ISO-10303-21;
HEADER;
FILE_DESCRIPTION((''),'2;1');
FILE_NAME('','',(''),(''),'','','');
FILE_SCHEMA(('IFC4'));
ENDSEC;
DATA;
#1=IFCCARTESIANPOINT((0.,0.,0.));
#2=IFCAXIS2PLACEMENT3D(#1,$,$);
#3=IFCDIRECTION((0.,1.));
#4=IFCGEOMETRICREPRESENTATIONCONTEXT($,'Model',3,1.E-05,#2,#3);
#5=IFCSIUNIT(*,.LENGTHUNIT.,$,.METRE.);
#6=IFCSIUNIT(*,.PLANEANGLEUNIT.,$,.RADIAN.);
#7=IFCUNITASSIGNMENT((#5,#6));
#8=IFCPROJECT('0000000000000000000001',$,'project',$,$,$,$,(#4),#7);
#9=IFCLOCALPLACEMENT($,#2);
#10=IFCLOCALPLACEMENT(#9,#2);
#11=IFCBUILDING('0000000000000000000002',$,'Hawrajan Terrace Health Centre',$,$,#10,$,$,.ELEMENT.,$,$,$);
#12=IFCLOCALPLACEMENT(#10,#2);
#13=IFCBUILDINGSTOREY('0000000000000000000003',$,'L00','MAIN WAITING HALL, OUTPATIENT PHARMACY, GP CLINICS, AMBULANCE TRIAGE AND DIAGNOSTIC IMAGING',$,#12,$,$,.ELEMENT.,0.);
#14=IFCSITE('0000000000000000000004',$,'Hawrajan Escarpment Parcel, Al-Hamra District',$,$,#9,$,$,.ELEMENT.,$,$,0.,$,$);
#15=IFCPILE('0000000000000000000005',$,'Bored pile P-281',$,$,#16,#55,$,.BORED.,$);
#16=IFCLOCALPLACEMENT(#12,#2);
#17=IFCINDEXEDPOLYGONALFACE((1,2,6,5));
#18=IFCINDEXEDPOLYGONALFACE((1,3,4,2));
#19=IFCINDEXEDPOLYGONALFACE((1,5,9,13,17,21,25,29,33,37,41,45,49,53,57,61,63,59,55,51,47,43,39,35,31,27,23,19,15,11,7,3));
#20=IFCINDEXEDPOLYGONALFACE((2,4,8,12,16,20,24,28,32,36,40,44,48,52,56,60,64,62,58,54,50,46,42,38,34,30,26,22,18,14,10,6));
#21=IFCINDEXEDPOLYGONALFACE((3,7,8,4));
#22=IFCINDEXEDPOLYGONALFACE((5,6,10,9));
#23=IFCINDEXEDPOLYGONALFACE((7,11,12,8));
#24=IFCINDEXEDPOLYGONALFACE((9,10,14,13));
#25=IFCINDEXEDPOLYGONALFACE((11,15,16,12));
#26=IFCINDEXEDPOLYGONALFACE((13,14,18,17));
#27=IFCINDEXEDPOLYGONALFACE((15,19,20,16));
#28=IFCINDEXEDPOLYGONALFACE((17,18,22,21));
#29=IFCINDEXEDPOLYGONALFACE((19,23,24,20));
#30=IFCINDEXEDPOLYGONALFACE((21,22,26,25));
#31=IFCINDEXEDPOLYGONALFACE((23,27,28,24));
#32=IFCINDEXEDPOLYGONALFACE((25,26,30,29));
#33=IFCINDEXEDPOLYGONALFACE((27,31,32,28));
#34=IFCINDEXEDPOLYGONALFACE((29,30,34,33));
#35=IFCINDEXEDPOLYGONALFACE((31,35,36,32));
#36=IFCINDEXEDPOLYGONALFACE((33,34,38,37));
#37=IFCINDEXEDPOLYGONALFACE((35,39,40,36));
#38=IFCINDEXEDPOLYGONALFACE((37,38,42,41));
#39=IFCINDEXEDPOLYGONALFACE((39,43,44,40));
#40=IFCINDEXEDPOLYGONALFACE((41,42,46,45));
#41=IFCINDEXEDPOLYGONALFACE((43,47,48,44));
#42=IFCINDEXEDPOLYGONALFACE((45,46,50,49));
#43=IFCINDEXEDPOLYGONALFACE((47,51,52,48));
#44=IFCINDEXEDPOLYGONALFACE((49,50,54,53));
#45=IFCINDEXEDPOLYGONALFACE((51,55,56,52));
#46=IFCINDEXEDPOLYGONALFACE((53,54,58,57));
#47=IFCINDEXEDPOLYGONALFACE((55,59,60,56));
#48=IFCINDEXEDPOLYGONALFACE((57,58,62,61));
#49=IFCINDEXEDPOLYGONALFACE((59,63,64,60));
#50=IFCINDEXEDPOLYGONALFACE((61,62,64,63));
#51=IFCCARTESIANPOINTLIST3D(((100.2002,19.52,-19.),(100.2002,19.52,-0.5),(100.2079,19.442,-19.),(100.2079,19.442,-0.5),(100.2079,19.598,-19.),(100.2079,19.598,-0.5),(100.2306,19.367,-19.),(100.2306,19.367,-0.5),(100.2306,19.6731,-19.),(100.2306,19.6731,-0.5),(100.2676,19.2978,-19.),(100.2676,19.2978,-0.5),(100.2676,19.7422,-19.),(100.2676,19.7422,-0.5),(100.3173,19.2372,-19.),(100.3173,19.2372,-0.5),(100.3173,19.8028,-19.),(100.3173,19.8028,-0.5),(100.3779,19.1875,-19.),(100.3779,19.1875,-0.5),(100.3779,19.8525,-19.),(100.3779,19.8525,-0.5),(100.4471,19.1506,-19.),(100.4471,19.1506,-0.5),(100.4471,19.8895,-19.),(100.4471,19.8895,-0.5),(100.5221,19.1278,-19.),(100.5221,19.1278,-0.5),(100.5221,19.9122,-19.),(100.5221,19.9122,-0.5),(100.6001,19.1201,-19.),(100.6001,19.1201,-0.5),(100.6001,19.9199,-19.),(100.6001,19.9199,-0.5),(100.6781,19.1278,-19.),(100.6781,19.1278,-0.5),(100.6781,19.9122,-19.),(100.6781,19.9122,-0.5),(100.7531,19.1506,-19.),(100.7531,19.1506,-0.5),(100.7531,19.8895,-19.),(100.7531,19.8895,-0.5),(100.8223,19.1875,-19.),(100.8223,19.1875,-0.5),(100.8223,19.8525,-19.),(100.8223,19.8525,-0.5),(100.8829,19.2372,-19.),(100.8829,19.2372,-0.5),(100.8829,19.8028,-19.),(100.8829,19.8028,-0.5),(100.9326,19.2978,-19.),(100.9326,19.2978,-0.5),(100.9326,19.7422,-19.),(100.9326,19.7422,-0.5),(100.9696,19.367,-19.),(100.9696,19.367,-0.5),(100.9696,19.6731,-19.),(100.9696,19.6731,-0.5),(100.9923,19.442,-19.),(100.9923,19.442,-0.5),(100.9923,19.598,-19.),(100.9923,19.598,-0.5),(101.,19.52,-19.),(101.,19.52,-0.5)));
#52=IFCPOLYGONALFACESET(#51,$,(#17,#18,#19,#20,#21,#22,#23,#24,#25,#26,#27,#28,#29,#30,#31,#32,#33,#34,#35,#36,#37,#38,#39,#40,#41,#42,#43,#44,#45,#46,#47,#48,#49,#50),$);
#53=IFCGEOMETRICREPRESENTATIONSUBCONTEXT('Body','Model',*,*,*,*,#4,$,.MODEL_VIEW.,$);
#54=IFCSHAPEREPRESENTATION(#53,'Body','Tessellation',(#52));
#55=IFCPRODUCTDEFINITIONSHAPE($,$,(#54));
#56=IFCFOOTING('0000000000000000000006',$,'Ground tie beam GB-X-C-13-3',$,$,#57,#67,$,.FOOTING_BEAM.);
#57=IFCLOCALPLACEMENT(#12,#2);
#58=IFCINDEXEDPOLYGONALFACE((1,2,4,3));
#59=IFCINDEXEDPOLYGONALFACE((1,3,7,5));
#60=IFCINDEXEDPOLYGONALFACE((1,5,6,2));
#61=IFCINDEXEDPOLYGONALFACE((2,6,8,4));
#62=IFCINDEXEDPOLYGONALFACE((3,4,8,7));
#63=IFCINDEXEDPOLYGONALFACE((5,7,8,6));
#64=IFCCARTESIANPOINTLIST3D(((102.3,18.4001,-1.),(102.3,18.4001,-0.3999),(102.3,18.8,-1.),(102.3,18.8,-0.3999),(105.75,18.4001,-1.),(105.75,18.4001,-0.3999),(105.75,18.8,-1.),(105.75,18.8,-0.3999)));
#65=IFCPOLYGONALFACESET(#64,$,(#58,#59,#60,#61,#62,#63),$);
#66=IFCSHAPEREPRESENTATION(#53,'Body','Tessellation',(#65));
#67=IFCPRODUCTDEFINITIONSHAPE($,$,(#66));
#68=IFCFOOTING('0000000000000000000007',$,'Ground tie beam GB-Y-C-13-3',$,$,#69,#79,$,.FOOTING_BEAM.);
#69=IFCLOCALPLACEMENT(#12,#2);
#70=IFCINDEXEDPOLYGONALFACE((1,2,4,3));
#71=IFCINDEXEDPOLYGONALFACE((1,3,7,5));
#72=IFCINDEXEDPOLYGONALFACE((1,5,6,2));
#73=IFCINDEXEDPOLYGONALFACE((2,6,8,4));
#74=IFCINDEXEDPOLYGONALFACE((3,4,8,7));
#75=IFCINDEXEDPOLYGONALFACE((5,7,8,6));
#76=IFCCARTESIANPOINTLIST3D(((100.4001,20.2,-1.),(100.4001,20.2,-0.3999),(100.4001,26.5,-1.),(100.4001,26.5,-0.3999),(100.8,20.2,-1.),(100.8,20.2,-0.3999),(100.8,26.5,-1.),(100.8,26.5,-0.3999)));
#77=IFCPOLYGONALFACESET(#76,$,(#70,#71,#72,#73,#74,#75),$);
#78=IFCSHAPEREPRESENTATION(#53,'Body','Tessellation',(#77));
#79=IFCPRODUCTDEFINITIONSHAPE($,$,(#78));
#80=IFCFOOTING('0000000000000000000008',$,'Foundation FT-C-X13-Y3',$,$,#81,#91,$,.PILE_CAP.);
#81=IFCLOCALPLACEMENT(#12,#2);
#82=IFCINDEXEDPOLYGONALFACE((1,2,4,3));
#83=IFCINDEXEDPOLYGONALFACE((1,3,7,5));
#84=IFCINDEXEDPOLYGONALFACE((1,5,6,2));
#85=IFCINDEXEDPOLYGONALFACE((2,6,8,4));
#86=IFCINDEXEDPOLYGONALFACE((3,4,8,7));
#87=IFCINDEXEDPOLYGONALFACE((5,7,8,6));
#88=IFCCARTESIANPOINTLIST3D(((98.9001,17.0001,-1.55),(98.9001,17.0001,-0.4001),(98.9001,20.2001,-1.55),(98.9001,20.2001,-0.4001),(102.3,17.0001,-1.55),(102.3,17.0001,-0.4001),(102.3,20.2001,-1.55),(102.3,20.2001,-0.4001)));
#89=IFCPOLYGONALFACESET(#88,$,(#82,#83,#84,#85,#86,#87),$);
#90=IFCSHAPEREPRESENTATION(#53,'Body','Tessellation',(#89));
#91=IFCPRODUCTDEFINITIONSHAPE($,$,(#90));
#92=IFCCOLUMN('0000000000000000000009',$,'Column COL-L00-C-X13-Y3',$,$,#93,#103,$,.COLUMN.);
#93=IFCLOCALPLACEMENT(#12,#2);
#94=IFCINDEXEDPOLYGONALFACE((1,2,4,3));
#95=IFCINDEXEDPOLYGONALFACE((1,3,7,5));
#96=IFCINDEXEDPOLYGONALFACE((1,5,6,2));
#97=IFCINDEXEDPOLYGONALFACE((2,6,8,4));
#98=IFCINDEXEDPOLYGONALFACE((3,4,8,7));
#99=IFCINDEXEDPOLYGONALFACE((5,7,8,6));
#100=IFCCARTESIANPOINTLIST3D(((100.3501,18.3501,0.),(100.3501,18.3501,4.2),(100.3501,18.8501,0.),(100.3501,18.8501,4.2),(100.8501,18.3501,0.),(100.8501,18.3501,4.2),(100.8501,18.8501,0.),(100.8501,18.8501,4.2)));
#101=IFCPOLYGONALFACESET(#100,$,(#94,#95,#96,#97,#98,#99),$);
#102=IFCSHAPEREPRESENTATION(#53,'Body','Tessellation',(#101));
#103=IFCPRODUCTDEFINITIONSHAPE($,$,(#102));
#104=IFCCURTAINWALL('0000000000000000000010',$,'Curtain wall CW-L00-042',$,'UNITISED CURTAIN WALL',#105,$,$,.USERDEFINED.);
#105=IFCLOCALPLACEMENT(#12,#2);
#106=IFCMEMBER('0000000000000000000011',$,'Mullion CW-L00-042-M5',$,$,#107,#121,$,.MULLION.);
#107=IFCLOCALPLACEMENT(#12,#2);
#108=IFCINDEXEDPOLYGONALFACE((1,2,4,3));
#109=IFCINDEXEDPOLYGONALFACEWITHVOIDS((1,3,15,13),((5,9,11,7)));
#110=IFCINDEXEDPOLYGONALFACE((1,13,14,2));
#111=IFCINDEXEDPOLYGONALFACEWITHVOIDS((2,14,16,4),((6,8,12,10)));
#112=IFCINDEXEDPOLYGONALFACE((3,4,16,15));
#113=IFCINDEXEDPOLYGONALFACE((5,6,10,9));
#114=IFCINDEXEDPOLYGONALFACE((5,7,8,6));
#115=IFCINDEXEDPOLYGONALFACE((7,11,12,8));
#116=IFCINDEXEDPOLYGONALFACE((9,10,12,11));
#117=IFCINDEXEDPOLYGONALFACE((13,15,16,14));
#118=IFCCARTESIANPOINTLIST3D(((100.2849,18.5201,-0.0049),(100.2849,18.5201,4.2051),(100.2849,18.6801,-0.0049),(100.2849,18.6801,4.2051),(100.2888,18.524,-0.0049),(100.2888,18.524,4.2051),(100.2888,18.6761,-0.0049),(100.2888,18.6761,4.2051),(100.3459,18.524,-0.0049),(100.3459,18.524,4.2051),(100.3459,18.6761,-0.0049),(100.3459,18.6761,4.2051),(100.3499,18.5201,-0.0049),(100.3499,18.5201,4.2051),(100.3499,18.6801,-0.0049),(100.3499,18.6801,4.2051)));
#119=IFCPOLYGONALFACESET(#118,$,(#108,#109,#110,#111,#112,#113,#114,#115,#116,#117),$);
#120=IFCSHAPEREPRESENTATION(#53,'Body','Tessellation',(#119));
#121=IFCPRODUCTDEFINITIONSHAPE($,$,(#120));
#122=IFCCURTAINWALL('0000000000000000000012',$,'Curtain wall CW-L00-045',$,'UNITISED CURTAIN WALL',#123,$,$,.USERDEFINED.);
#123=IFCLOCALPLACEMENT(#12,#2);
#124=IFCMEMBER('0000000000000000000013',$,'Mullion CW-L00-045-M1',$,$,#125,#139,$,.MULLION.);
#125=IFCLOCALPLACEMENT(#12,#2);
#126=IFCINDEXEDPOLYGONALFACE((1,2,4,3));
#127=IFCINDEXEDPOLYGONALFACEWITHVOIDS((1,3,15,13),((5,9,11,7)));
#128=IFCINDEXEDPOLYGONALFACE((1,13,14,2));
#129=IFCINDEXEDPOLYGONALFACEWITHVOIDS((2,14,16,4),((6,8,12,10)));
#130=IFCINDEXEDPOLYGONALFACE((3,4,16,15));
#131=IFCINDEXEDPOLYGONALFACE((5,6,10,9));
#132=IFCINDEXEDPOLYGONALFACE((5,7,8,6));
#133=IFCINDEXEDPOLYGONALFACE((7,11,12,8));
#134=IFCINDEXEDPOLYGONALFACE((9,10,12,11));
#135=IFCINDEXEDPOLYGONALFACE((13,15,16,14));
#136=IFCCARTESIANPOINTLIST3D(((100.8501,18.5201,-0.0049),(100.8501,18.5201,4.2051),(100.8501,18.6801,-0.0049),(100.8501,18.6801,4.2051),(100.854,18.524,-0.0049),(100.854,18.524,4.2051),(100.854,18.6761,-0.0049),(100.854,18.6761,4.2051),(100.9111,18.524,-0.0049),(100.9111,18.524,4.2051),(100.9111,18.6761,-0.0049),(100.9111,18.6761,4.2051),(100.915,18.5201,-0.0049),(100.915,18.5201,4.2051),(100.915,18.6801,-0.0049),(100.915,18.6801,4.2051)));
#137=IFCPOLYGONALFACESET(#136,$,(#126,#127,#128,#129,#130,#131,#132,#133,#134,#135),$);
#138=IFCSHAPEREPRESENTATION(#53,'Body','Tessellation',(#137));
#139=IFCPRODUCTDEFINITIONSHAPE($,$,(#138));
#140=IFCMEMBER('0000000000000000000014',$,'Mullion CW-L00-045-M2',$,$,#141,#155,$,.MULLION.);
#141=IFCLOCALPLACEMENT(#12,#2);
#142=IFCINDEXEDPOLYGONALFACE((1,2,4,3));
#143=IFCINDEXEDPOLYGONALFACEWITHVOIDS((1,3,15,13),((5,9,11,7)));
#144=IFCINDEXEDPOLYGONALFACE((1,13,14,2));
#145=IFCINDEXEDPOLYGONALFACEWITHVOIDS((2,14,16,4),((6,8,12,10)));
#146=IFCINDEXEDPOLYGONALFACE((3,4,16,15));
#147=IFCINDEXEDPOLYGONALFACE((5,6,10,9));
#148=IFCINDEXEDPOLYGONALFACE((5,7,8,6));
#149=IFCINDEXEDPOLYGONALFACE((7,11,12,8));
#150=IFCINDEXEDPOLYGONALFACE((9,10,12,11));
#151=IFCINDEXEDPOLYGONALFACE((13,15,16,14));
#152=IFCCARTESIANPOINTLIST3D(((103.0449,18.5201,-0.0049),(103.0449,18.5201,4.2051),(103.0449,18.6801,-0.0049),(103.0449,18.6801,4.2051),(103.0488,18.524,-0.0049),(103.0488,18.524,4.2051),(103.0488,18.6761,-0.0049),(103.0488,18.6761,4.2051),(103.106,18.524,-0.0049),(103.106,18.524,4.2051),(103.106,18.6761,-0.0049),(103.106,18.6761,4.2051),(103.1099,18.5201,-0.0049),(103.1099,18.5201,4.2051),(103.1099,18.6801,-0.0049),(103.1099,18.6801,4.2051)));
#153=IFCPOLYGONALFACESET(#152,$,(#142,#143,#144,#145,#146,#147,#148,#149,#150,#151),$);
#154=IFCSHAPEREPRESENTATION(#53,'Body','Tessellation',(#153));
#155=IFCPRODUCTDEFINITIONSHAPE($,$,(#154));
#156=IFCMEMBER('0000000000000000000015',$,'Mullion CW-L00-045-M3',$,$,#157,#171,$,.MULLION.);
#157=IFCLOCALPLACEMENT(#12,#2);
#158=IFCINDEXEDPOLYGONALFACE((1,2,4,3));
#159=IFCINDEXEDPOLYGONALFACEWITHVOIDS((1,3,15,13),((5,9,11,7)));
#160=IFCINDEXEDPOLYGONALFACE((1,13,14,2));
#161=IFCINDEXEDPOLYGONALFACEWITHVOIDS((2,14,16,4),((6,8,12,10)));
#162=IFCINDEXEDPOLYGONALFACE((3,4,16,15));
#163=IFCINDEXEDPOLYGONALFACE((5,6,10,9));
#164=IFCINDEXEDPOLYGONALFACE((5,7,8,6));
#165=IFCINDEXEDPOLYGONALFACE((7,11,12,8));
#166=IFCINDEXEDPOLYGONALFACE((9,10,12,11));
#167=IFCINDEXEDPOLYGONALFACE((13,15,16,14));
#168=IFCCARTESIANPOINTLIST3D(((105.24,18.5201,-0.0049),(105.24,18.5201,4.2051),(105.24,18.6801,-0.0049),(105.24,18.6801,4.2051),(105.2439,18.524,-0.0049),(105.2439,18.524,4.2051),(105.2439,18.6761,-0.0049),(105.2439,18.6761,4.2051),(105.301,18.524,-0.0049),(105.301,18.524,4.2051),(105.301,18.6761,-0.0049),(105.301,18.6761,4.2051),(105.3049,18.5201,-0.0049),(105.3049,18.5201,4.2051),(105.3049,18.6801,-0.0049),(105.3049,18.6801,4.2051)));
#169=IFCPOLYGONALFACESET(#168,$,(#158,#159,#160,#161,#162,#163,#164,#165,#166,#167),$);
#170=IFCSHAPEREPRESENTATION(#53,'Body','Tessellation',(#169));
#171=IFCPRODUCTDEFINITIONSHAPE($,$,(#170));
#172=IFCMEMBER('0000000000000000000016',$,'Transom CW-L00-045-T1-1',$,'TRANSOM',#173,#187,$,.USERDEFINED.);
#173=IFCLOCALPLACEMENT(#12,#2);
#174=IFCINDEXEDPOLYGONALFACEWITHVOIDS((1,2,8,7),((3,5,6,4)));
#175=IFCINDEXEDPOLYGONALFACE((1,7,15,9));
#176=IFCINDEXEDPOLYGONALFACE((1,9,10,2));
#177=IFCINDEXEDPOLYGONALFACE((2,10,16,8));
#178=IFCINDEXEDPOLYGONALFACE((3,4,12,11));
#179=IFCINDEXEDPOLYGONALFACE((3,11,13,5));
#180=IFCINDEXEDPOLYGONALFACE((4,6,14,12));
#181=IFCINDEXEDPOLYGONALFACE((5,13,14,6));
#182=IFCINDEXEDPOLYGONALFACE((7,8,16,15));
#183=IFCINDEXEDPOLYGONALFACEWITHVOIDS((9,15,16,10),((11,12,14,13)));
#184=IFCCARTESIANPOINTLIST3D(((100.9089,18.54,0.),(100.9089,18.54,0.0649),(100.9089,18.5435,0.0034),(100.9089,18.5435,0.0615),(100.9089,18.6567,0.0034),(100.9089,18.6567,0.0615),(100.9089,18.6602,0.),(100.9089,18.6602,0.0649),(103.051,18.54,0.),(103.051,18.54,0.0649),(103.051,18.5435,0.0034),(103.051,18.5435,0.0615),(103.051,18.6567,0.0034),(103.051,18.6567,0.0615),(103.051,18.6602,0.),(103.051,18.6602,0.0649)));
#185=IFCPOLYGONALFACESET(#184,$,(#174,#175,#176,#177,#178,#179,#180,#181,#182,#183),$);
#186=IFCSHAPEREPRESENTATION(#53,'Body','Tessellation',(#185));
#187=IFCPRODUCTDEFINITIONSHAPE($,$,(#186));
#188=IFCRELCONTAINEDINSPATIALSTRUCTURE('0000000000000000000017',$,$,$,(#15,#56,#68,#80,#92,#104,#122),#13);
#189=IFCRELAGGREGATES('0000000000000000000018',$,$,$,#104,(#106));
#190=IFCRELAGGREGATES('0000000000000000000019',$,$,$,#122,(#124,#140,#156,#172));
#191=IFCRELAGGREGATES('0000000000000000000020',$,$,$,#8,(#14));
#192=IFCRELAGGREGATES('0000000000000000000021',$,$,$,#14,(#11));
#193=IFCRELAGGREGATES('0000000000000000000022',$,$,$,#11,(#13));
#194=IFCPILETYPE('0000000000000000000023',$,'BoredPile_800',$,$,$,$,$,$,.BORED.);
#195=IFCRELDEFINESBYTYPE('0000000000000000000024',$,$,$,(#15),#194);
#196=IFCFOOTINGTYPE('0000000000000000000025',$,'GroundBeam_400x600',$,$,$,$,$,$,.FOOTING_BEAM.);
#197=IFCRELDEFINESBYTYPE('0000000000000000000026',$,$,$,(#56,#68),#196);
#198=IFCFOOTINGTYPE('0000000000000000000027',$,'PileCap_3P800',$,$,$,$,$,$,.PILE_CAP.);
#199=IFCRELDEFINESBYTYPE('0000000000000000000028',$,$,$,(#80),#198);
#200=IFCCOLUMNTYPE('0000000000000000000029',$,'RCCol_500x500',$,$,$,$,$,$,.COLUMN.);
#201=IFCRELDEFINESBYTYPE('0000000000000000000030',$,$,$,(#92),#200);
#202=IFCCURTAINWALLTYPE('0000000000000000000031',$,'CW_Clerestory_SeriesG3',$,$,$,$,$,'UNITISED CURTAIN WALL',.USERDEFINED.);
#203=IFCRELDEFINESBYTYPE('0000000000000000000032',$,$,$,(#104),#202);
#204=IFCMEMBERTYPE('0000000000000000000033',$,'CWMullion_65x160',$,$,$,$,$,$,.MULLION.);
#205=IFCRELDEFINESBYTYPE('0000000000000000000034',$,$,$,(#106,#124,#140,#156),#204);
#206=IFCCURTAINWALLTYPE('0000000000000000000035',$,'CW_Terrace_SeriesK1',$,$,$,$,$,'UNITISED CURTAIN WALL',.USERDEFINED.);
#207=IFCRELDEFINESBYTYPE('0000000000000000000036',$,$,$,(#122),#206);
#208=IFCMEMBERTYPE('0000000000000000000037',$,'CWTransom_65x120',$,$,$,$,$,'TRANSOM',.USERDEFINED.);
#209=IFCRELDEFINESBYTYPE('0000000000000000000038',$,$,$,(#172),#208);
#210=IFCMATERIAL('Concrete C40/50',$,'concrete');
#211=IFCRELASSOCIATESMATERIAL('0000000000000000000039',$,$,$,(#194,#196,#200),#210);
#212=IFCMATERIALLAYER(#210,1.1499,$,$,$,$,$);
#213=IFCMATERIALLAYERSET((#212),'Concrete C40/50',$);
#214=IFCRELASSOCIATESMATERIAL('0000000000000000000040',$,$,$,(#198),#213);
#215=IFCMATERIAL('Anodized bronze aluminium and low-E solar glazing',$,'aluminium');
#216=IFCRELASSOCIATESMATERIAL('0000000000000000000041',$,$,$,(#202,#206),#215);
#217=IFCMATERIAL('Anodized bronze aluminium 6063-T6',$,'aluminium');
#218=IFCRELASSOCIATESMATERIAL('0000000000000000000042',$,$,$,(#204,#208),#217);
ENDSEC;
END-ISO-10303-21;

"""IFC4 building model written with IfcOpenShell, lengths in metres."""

from ifc_helpers import new_model, si_unit, direction, frame, origin, origin_2d, place, context, subcontext, project, spatial, rectangle, hollow_rectangle, circle, extrude, material, layer, layer_set, material_profile, profile_set, type_object, element, aggregate, save


model = new_model("IFC4")

# Units and contexts
model_context = context("Model", 3, precision=1e-05, world=origin(), true_north=direction((0.0, 1.0)))
body_context = subcontext(model_context, "Body", "Model", "MODEL_VIEW")
ifc_project = project(units=[si_unit("LENGTHUNIT", "METRE"), si_unit("PLANEANGLEUNIT", "RADIAN")], contexts=[model_context])

# Site, building, storey
site_placement = place(None, origin())
site = spatial("IfcSite", under=ifc_project, at=site_placement, Name="Hawrajan Escarpment Parcel, Al-Hamra District", CompositionType="ELEMENT", RefElevation=0.0)
building_placement = place(site_placement, origin())
building = spatial("IfcBuilding", under=site, at=building_placement, Name="Hawrajan Terrace Health Centre", CompositionType="ELEMENT")
storey_placement = place(building_placement, origin())
storey = spatial("IfcBuildingStorey", under=building, at=storey_placement, Name="L00", Description="MAIN WAITING HALL, OUTPATIENT PHARMACY, GP CLINICS, AMBULANCE TRIAGE AND DIAGNOSTIC IMAGING", CompositionType="ELEMENT", Elevation=0.0)

# Pile
ifc_material_1 = material(Name="Concrete C40/50", Category="concrete")
ifc_material_profile_1 = material_profile(ifc_material_1, circle(Radius=0.3999, at=origin_2d()), Name="BP 800")
ifc_profile_set_1 = profile_set([ifc_material_profile_1], Name="Concrete C40/50")
pile_type = type_object("IfcPileType", Name="BoredPile_800", PredefinedType="BORED", material=ifc_profile_set_1)
pile_placement = place(storey_placement, frame((100.6001, 19.52, -0.5), z_axis=(0.0, 0.0, -1.0), x_axis=(1.0, 0.0, 0.0)))
element("IfcPile", 1, at=pile_placement, inside=storey, type_object=pile_type, Name="Bored pile P-281", PredefinedType="BORED", context=body_context, shape_type="SweptSolid", body=[
    extrude(circle(Radius=0.3999, at=origin_2d()), origin(), (0.0, 0.0, 1.0), 18.5),
])

# Footings
ifc_material_profile_2 = material_profile(ifc_material_1, rectangle(XDim=0.3999, YDim=0.6001, at=origin_2d()), Name="RC BM 400x600")
ifc_profile_set_2 = profile_set([ifc_material_profile_2], Name="Concrete C40/50")
footing_type_1 = type_object("IfcFootingType", Name="GroundBeam_400x600", PredefinedType="FOOTING_BEAM", material=ifc_profile_set_2)
footing_1_placement = place(storey_placement, frame((102.3, 18.6001, -0.7), z_axis=(1.0, 0.0, 0.0), x_axis=(0.0, 1.0, 0.0)))
element("IfcFooting", 2, at=footing_1_placement, inside=storey, type_object=footing_type_1, Name="Ground tie beam GB-X-C-13-3", PredefinedType="FOOTING_BEAM", context=body_context, shape_type="SweptSolid", body=[
    extrude(rectangle(XDim=0.3999, YDim=0.6001, at=origin_2d()), origin(), (0.0, 0.0, 1.0), 3.45),
])
footing_2_placement = place(storey_placement, frame((100.6001, 20.2, -0.7), z_axis=(0.0, 1.0, 0.0), x_axis=(-1.0, 0.0, 0.0)))
element("IfcFooting", 3, at=footing_2_placement, inside=storey, type_object=footing_type_1, Name="Ground tie beam GB-Y-C-13-3", PredefinedType="FOOTING_BEAM", context=body_context, shape_type="SweptSolid", body=[
    extrude(rectangle(XDim=0.3999, YDim=0.6001, at=origin_2d()), origin(), (0.0, 0.0, 1.0), 6.3),
])
ifc_layer_1 = layer(ifc_material_1, 1.1499)
ifc_layer_set_1 = layer_set([ifc_layer_1], Name="Concrete C40/50")
footing_type_2 = type_object("IfcFootingType", Name="PileCap_3P800", PredefinedType="PILE_CAP", material=ifc_layer_set_1)
footing_3_placement = place(storey_placement, frame((100.6001, 18.6001, -1.55), z_axis=(0.0, 0.0, 1.0), x_axis=(1.0, 0.0, 0.0)))
element("IfcFooting", 4, at=footing_3_placement, inside=storey, type_object=footing_type_2, Name="Foundation FT-C-X13-Y3", PredefinedType="PILE_CAP", context=body_context, shape_type="SweptSolid", body=[
    extrude(rectangle(XDim=3.3999, YDim=3.2, at=origin_2d()), origin(), (0.0, 0.0, 1.0), 1.1499),
])

# Column
ifc_material_profile_3 = material_profile(ifc_material_1, rectangle(XDim=0.5, YDim=0.5, at=origin_2d()), Name="RC 500x500")
ifc_profile_set_3 = profile_set([ifc_material_profile_3], Name="Concrete C40/50")
column_type = type_object("IfcColumnType", Name="RCCol_500x500", PredefinedType="COLUMN", material=ifc_profile_set_3)
column_placement = place(storey_placement, frame((100.6001, 18.6001, 0.0), z_axis=(0.0, 0.0, 1.0), x_axis=(1.0, 0.0, 0.0)))
element("IfcColumn", 5, at=column_placement, inside=storey, type_object=column_type, Name="Column COL-L00-C-X13-Y3", PredefinedType="COLUMN", context=body_context, shape_type="SweptSolid", body=[
    extrude(rectangle(XDim=0.5, YDim=0.5, at=origin_2d()), origin(), (0.0, 0.0, 1.0), 4.2),
])

# Curtain wall, member
ifc_material_2 = material(Name="Anodized bronze aluminium and low-E solar glazing", Category="aluminium")
curtain_wall_type_1 = type_object("IfcCurtainWallType", Name="CW_Clerestory_SeriesG3", ElementType="UNITISED CURTAIN WALL", PredefinedType="USERDEFINED", material=ifc_material_2)
curtain_wall_1_placement = place(storey_placement, origin())
curtain_wall_1 = element("IfcCurtainWall", 6, at=curtain_wall_1_placement, inside=storey, type_object=curtain_wall_type_1, Name="Curtain wall CW-L00-042", ObjectType="UNITISED CURTAIN WALL", PredefinedType="USERDEFINED")
ifc_material_3 = material(Name="Anodized bronze aluminium 6063-T6", Category="aluminium")
ifc_material_profile_4 = material_profile(ifc_material_3, hollow_rectangle(XDim=0.0649, YDim=0.1599, WallThickness=0.0039, at=origin_2d()), Name="CW MUL 65x160")
ifc_profile_set_4 = profile_set([ifc_material_profile_4], Name="Anodized bronze aluminium 6063-T6")
member_type_1 = type_object("IfcMemberType", Name="CWMullion_65x160", PredefinedType="MULLION", material=ifc_profile_set_4)
member_1_placement = place(storey_placement, frame((100.3174, 18.6001, -0.0049), z_axis=(0.0, 0.0, 1.0), x_axis=(1.0, 0.0, 0.0)))
member_1 = element("IfcMember", 7, at=member_1_placement, type_object=member_type_1, Name="Mullion CW-L00-042-M5", PredefinedType="MULLION", context=body_context, shape_type="SweptSolid", body=[
    extrude(hollow_rectangle(XDim=0.0649, YDim=0.1599, WallThickness=0.0039, at=origin_2d()), origin(), (0.0, 0.0, 1.0), 4.21),
])

# Curtain wall, members
curtain_wall_type_2 = type_object("IfcCurtainWallType", Name="CW_Terrace_SeriesK1", ElementType="UNITISED CURTAIN WALL", PredefinedType="USERDEFINED", material=ifc_material_2)
curtain_wall_2_placement = place(storey_placement, origin())
curtain_wall_2 = element("IfcCurtainWall", 8, at=curtain_wall_2_placement, inside=storey, type_object=curtain_wall_type_2, Name="Curtain wall CW-L00-045", ObjectType="UNITISED CURTAIN WALL", PredefinedType="USERDEFINED")
member_2_placement = place(storey_placement, frame((100.8826, 18.6001, -0.0049), z_axis=(0.0, 0.0, 1.0), x_axis=(1.0, 0.0, 0.0)))
member_2 = element("IfcMember", 9, at=member_2_placement, type_object=member_type_1, Name="Mullion CW-L00-045-M1", PredefinedType="MULLION", context=body_context, shape_type="SweptSolid", body=[
    extrude(hollow_rectangle(XDim=0.0649, YDim=0.1599, WallThickness=0.0039, at=origin_2d()), origin(), (0.0, 0.0, 1.0), 4.21),
])
member_3_placement = place(storey_placement, frame((103.0774, 18.6001, -0.0049), z_axis=(0.0, 0.0, 1.0), x_axis=(1.0, 0.0, 0.0)))
member_3 = element("IfcMember", 10, at=member_3_placement, type_object=member_type_1, Name="Mullion CW-L00-045-M2", PredefinedType="MULLION", context=body_context, shape_type="SweptSolid", body=[
    extrude(hollow_rectangle(XDim=0.0649, YDim=0.1599, WallThickness=0.0039, at=origin_2d()), origin(), (0.0, 0.0, 1.0), 4.21),
])
member_4_placement = place(storey_placement, frame((105.2725, 18.6001, -0.0049), z_axis=(0.0, 0.0, 1.0), x_axis=(1.0, 0.0, 0.0)))
member_4 = element("IfcMember", 11, at=member_4_placement, type_object=member_type_1, Name="Mullion CW-L00-045-M3", PredefinedType="MULLION", context=body_context, shape_type="SweptSolid", body=[
    extrude(hollow_rectangle(XDim=0.0649, YDim=0.1599, WallThickness=0.0039, at=origin_2d()), origin(), (0.0, 0.0, 1.0), 4.21),
])
ifc_material_profile_5 = material_profile(ifc_material_3, hollow_rectangle(XDim=0.0649, YDim=0.1201, WallThickness=0.0034, at=origin_2d()), Name="CW TRN 65x120")
ifc_profile_set_5 = profile_set([ifc_material_profile_5], Name="Anodized bronze aluminium 6063-T6")
member_type_2 = type_object("IfcMemberType", Name="CWTransom_65x120", ElementType="TRANSOM", PredefinedType="USERDEFINED", material=ifc_profile_set_5)
member_5_placement = place(storey_placement, frame((100.9089, 18.6001, 0.0325), z_axis=(1.0, 0.0, 0.0), x_axis=(0.0, 0.0, 1.0)))
member_5 = element("IfcMember", 12, at=member_5_placement, type_object=member_type_2, Name="Transom CW-L00-045-T1-1", ObjectType="TRANSOM", PredefinedType="USERDEFINED", context=body_context, shape_type="SweptSolid", body=[
    extrude(hollow_rectangle(XDim=0.0649, YDim=0.1201, WallThickness=0.0034, at=origin_2d()), origin(), (0.0, 0.0, 1.0), 2.1421),
])

aggregate(curtain_wall_1, [member_1])
aggregate(curtain_wall_2, [member_2, member_3, member_4, member_5])

save(model, "model.ifc")
